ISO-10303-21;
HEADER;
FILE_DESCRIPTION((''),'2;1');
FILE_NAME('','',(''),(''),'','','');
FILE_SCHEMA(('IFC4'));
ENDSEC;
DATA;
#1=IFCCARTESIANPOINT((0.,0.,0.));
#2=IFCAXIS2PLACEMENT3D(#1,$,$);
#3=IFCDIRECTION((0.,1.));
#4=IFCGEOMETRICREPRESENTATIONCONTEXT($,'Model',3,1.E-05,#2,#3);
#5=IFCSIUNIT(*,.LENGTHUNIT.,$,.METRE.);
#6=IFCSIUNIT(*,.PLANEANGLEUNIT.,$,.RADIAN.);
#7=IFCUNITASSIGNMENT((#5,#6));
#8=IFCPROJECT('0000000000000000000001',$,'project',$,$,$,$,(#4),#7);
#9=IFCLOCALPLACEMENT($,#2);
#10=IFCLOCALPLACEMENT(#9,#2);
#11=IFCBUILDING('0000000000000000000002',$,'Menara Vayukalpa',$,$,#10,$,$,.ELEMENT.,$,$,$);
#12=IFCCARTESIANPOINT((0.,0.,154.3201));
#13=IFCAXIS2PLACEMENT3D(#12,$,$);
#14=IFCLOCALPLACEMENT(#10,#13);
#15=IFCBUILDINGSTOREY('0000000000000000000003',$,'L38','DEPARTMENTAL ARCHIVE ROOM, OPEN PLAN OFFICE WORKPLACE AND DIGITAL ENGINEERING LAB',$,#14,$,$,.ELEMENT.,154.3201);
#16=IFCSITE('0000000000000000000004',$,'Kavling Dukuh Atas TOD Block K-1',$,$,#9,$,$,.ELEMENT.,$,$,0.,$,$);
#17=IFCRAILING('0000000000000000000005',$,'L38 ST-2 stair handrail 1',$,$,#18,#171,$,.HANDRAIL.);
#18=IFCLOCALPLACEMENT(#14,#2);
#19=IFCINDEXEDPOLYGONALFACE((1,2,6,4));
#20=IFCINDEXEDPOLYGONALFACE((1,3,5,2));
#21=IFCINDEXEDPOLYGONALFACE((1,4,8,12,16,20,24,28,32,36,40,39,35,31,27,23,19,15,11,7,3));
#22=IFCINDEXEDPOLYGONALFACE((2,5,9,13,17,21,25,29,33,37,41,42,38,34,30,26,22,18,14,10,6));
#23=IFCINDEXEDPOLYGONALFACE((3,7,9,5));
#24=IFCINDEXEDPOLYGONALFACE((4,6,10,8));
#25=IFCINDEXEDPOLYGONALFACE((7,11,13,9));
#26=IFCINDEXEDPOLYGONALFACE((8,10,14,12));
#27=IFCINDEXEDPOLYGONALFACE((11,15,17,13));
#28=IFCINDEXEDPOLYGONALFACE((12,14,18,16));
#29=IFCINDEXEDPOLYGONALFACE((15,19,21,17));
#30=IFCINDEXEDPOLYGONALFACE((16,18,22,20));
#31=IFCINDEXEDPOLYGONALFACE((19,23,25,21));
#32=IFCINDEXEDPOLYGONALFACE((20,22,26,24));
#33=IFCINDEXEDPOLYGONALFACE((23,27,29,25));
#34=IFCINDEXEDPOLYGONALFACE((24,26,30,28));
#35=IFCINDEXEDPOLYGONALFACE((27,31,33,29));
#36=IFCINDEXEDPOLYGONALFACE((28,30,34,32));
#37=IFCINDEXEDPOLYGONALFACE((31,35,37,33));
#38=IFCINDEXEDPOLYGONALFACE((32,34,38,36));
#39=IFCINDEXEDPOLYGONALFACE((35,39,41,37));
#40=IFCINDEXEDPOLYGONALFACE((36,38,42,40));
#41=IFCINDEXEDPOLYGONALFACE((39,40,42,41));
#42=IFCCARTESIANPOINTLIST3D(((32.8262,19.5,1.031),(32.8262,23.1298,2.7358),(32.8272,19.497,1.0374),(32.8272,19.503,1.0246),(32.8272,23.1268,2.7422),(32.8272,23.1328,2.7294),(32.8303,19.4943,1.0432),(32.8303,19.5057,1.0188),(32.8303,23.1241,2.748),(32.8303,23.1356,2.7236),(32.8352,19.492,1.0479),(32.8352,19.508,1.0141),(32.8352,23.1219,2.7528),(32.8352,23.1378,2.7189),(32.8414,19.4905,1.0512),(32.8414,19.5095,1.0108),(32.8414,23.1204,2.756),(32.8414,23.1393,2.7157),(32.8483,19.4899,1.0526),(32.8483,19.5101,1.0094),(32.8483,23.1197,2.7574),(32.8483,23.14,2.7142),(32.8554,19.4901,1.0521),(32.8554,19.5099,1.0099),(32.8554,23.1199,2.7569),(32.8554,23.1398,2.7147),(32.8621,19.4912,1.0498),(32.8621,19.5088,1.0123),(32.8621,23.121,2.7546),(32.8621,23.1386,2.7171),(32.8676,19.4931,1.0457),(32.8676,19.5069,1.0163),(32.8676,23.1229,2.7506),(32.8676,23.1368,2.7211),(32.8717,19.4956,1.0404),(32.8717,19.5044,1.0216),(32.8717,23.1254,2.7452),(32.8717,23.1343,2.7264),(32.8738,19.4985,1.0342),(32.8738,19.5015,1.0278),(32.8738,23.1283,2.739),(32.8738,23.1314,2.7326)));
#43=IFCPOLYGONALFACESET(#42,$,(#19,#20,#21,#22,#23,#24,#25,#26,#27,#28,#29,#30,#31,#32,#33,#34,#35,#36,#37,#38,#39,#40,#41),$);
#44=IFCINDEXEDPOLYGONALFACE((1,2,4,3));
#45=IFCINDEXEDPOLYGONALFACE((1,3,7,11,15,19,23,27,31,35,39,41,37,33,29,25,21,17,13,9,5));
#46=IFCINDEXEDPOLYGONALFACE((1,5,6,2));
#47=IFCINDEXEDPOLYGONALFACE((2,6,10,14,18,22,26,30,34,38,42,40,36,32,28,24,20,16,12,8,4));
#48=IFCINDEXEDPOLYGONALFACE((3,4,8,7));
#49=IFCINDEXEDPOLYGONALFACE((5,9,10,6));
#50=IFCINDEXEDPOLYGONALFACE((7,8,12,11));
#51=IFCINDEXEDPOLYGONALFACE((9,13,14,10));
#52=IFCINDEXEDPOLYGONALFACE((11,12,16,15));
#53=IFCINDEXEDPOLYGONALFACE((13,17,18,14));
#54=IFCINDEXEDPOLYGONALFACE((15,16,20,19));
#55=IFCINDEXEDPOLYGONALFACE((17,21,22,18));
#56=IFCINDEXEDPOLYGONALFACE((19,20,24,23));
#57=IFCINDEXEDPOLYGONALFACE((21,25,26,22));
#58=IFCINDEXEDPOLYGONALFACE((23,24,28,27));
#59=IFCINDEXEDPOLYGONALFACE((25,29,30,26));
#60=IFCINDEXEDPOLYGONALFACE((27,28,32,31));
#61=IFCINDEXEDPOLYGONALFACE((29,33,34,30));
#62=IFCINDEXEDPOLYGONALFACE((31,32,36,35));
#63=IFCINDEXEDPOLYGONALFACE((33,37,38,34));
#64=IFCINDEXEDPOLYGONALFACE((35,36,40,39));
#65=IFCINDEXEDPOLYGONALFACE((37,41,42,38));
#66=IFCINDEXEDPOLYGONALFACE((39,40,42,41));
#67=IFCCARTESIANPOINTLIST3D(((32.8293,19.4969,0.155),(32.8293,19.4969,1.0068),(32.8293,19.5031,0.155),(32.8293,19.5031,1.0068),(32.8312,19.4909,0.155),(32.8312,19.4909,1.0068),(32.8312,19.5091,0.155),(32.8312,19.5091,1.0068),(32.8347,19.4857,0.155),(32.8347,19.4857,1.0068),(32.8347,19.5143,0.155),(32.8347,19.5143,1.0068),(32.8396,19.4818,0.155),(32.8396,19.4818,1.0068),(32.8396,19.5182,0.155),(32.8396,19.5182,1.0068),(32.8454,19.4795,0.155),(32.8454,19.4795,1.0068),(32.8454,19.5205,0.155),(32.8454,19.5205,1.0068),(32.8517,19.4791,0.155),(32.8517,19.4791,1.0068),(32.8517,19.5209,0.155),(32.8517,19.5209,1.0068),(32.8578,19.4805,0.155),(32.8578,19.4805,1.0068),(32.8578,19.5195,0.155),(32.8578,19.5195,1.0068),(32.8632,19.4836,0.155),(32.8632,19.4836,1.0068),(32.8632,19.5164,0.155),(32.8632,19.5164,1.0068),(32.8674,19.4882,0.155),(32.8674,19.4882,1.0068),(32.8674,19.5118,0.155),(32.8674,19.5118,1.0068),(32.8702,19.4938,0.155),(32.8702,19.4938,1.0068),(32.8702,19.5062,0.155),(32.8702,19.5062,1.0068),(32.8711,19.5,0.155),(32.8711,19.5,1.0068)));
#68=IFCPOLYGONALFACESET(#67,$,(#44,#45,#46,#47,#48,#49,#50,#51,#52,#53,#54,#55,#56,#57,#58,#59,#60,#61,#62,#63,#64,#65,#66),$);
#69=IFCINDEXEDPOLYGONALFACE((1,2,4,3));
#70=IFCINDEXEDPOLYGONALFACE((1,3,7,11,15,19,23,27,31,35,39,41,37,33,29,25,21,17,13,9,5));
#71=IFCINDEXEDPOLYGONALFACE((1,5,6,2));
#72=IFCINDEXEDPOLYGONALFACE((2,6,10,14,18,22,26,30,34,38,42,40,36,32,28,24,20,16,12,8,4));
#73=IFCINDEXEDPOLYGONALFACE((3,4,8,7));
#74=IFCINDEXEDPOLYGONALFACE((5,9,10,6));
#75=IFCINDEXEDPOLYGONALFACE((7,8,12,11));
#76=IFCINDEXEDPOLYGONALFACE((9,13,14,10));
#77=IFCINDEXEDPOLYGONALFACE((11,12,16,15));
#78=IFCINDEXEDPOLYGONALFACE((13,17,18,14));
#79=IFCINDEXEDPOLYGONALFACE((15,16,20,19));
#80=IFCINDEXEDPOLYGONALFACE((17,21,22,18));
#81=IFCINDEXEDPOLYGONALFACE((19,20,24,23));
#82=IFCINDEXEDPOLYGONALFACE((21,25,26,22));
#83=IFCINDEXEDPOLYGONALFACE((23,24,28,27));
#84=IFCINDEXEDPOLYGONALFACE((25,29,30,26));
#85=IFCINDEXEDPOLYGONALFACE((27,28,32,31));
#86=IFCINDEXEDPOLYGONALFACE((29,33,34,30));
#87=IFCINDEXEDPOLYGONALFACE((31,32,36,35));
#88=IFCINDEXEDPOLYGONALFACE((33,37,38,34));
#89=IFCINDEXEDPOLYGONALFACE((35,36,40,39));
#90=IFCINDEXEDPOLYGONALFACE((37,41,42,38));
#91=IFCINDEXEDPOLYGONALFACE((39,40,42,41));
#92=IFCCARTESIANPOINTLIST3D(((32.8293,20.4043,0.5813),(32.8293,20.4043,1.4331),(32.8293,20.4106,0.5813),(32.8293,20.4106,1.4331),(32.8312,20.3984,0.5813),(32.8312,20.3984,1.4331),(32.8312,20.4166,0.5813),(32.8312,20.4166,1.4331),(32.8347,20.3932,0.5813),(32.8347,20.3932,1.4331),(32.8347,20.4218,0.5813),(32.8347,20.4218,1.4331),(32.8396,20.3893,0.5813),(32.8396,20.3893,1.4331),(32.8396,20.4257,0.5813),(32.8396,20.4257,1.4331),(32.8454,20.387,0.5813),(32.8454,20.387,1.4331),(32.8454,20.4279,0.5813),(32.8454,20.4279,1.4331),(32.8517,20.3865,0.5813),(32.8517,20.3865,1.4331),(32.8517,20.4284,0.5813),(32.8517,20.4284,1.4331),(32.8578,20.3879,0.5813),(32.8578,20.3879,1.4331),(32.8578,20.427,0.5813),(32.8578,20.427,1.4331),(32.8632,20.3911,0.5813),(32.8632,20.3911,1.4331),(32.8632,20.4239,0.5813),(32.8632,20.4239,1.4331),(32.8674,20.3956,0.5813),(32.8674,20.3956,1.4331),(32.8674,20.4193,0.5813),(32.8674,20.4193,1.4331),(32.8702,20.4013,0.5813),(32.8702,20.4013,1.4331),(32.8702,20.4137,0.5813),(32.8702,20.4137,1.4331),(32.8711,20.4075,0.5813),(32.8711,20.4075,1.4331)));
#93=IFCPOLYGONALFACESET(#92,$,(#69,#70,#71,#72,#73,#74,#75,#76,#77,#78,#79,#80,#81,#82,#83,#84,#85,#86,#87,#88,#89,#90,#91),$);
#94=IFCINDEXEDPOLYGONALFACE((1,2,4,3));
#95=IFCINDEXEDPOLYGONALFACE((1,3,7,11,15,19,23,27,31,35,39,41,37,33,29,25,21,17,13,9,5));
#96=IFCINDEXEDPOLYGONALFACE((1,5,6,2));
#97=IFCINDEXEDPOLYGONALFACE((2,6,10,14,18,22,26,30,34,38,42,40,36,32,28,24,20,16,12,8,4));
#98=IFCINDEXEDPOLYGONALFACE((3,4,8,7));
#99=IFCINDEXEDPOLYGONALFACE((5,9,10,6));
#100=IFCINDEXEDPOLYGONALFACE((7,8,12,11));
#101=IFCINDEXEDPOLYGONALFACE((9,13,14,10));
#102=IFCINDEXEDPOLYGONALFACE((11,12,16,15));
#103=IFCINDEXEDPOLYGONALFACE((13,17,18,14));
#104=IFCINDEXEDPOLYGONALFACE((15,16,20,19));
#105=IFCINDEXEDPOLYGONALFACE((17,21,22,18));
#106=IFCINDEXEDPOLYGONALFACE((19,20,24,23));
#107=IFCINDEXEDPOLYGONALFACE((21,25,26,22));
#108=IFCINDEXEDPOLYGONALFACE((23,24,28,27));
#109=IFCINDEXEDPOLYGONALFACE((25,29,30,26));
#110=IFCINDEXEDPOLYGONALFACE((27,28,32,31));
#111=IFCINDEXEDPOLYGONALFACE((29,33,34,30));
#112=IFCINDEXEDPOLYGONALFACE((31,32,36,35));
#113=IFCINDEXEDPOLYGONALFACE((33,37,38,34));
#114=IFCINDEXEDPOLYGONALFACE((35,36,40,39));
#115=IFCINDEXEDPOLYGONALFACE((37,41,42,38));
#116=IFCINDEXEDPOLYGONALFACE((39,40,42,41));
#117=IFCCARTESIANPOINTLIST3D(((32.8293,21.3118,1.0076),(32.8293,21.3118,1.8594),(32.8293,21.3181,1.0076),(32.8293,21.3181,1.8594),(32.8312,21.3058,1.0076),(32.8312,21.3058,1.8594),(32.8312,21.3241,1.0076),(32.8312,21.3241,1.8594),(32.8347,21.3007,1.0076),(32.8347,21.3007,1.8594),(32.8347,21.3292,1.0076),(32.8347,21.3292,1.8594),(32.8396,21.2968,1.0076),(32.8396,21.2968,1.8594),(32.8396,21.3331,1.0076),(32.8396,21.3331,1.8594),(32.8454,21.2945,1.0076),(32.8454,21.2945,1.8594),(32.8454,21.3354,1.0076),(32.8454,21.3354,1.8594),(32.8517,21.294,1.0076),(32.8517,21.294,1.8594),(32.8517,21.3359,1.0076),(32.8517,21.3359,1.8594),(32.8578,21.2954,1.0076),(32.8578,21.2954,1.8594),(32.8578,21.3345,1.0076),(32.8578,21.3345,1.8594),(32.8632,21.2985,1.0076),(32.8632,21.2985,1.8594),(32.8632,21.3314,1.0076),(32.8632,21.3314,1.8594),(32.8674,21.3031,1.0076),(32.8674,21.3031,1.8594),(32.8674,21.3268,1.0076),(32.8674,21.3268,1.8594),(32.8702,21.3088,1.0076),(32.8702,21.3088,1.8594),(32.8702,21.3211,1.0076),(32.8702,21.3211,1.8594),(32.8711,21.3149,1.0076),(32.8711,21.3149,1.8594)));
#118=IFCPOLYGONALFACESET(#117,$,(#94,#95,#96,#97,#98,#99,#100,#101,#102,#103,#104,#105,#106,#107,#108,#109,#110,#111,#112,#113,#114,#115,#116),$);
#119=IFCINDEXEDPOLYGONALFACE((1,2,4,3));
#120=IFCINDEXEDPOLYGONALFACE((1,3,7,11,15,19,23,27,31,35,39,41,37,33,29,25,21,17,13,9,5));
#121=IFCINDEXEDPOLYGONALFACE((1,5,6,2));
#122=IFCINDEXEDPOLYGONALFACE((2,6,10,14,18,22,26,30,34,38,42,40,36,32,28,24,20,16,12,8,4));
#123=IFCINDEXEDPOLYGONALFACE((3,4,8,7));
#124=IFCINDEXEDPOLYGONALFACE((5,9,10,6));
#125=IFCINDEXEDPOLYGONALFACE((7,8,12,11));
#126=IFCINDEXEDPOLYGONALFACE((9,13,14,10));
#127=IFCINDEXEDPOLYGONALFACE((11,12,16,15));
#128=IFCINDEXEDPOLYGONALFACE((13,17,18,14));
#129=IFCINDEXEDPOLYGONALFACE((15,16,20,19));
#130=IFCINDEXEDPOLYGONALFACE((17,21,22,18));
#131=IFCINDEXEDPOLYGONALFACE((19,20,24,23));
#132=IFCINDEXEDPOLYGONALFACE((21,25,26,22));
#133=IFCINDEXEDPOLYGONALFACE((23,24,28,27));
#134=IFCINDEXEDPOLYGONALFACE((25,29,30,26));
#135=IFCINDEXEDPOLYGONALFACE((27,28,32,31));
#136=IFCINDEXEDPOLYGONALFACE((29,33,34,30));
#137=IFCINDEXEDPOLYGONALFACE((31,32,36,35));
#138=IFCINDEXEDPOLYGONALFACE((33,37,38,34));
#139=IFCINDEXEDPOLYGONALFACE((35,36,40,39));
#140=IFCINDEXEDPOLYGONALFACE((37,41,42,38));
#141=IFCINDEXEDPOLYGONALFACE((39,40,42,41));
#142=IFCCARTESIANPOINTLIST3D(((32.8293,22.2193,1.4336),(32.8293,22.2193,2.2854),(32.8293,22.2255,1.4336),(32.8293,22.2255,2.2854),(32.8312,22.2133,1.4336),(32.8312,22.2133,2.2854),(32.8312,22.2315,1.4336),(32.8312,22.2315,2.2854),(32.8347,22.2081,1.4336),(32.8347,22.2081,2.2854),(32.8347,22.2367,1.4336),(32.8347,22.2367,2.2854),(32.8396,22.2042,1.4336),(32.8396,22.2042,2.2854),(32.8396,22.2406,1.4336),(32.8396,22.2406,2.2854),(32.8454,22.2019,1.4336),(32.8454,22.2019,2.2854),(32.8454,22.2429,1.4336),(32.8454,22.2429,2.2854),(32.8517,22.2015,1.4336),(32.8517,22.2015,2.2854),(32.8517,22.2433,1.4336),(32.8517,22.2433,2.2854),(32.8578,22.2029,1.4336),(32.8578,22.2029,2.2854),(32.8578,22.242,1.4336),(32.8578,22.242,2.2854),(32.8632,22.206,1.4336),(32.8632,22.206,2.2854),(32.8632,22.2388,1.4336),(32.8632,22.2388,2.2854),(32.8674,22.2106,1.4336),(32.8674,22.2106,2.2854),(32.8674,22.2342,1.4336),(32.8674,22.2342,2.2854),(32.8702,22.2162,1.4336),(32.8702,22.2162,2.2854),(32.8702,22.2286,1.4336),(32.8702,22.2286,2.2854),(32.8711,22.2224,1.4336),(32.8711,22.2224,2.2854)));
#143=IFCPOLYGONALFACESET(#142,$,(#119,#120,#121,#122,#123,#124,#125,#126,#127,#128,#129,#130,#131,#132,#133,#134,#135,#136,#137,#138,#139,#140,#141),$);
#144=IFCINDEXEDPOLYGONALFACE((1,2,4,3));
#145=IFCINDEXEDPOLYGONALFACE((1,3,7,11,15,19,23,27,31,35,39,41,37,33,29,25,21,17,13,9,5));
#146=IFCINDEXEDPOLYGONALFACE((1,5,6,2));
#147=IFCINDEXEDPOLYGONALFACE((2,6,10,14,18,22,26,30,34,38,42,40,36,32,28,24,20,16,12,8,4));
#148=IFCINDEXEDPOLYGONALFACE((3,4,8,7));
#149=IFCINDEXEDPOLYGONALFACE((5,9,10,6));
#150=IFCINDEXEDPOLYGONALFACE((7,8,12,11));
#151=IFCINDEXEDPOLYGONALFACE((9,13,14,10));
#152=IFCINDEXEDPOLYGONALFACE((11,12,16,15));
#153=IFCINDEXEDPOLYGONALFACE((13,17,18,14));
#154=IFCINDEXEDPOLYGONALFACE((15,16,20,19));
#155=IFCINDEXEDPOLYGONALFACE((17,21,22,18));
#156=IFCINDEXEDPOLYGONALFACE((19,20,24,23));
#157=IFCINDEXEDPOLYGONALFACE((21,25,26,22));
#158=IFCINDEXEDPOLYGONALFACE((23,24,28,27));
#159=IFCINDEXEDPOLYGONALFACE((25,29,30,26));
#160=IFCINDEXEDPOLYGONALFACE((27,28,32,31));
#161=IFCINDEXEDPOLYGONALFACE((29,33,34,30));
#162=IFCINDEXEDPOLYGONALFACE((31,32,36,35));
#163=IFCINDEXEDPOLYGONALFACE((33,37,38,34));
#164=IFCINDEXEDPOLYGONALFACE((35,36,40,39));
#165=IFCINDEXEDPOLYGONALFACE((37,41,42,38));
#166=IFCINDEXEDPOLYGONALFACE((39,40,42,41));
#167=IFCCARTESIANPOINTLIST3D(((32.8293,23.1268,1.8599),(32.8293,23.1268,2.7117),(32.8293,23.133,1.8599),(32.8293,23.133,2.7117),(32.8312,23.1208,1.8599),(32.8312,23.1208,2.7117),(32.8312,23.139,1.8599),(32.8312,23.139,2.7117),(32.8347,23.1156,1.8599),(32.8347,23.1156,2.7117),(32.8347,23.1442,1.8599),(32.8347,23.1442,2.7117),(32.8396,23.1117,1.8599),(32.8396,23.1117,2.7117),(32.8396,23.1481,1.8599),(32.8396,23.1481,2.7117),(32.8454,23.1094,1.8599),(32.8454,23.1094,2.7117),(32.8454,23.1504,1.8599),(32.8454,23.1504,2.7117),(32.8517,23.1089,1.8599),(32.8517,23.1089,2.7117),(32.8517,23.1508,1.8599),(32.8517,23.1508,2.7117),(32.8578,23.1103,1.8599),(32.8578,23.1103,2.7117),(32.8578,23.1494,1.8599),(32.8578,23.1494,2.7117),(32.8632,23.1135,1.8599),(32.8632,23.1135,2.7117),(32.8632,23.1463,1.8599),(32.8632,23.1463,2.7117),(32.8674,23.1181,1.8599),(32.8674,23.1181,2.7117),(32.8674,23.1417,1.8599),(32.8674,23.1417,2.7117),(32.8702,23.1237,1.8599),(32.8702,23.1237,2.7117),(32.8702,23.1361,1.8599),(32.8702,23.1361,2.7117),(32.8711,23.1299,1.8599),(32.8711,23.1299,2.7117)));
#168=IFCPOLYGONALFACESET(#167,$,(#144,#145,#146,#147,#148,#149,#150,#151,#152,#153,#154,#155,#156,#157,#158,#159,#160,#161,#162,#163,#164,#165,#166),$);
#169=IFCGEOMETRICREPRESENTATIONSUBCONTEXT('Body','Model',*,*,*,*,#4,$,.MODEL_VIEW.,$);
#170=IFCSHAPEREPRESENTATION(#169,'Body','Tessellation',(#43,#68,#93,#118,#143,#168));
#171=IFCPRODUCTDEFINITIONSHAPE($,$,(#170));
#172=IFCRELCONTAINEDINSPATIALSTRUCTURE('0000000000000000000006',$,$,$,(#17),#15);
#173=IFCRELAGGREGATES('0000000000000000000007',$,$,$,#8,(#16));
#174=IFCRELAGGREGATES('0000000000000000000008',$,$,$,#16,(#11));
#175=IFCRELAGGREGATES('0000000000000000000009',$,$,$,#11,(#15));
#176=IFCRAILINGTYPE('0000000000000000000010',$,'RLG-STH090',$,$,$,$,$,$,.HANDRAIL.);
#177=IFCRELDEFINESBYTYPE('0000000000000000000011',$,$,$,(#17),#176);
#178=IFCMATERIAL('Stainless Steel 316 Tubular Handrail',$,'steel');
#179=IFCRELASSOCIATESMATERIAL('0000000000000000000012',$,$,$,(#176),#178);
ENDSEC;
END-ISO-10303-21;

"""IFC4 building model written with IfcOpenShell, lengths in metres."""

from ifc_helpers import new_model, si_unit, direction, frame, origin, origin_2d, place, context, subcontext, project, spatial, circle, extrude, material, type_object, element, save


model = new_model("IFC4")

# Units and contexts
model_context = context("Model", 3, precision=1e-05, world=origin(), true_north=direction((0.0, 1.0)))
body_context = subcontext(model_context, "Body", "Model", "MODEL_VIEW")
ifc_project = project(units=[si_unit("LENGTHUNIT", "METRE"), si_unit("PLANEANGLEUNIT", "RADIAN")], contexts=[model_context])

# Site, building, storey
site_placement = place(None, origin())
site = spatial("IfcSite", under=ifc_project, at=site_placement, Name="Kavling Dukuh Atas TOD Block K-1", CompositionType="ELEMENT", RefElevation=0.0)
building_placement = place(site_placement, origin())
building = spatial("IfcBuilding", under=site, at=building_placement, Name="Menara Vayukalpa", CompositionType="ELEMENT")
storey_placement = place(building_placement, frame((0.0, 0.0, 154.3201)))
storey = spatial("IfcBuildingStorey", under=building, at=storey_placement, Name="L38", Description="DEPARTMENTAL ARCHIVE ROOM, OPEN PLAN OFFICE WORKPLACE AND DIGITAL ENGINEERING LAB", CompositionType="ELEMENT", Elevation=154.3201)

# Railing
ifc_material_1 = material(Name="Stainless Steel 316 Tubular Handrail", Category="steel")
railing_type_1 = type_object("IfcRailingType", Name="RLG-STH090", PredefinedType="HANDRAIL", material=ifc_material_1)
railing_1_placement = place(storey_placement, frame((32.8501, 19.5, 0.155)))
element("IfcRailing", 1, at=railing_1_placement, inside=storey, type_object=railing_type_1, Name="L38 ST-2 stair handrail 1", PredefinedType="HANDRAIL", context=body_context, shape_type="SweptSolid", body=[
    extrude(circle(Radius=0.0239, at=origin_2d()), frame((0.0, 0.0, 0.876), z_axis=(0.0, 0.90514, 0.425114), x_axis=(-1.0, 0.0, 0.0)), (0.0, 0.0, 1.0), 4.0103),
    extrude(circle(Radius=0.021, at=origin_2d()), origin(), (0.0, 0.0, 1.0), 0.8518),
    extrude(circle(Radius=0.021, at=origin_2d()), frame((0.0, 0.9075, 0.4263)), (0.0, 0.0, 1.0), 0.8518),
    extrude(circle(Radius=0.021, at=origin_2d()), frame((0.0, 1.8149, 0.8525)), (0.0, 0.0, 1.0), 0.8518),
    extrude(circle(Radius=0.021, at=origin_2d()), frame((0.0, 2.7224, 1.2786)), (0.0, 0.0, 1.0), 0.8518),
    extrude(circle(Radius=0.021, at=origin_2d()), frame((0.0, 3.6299, 1.7048)), (0.0, 0.0, 1.0), 0.8518),
])

save(model, "model.ifc")
